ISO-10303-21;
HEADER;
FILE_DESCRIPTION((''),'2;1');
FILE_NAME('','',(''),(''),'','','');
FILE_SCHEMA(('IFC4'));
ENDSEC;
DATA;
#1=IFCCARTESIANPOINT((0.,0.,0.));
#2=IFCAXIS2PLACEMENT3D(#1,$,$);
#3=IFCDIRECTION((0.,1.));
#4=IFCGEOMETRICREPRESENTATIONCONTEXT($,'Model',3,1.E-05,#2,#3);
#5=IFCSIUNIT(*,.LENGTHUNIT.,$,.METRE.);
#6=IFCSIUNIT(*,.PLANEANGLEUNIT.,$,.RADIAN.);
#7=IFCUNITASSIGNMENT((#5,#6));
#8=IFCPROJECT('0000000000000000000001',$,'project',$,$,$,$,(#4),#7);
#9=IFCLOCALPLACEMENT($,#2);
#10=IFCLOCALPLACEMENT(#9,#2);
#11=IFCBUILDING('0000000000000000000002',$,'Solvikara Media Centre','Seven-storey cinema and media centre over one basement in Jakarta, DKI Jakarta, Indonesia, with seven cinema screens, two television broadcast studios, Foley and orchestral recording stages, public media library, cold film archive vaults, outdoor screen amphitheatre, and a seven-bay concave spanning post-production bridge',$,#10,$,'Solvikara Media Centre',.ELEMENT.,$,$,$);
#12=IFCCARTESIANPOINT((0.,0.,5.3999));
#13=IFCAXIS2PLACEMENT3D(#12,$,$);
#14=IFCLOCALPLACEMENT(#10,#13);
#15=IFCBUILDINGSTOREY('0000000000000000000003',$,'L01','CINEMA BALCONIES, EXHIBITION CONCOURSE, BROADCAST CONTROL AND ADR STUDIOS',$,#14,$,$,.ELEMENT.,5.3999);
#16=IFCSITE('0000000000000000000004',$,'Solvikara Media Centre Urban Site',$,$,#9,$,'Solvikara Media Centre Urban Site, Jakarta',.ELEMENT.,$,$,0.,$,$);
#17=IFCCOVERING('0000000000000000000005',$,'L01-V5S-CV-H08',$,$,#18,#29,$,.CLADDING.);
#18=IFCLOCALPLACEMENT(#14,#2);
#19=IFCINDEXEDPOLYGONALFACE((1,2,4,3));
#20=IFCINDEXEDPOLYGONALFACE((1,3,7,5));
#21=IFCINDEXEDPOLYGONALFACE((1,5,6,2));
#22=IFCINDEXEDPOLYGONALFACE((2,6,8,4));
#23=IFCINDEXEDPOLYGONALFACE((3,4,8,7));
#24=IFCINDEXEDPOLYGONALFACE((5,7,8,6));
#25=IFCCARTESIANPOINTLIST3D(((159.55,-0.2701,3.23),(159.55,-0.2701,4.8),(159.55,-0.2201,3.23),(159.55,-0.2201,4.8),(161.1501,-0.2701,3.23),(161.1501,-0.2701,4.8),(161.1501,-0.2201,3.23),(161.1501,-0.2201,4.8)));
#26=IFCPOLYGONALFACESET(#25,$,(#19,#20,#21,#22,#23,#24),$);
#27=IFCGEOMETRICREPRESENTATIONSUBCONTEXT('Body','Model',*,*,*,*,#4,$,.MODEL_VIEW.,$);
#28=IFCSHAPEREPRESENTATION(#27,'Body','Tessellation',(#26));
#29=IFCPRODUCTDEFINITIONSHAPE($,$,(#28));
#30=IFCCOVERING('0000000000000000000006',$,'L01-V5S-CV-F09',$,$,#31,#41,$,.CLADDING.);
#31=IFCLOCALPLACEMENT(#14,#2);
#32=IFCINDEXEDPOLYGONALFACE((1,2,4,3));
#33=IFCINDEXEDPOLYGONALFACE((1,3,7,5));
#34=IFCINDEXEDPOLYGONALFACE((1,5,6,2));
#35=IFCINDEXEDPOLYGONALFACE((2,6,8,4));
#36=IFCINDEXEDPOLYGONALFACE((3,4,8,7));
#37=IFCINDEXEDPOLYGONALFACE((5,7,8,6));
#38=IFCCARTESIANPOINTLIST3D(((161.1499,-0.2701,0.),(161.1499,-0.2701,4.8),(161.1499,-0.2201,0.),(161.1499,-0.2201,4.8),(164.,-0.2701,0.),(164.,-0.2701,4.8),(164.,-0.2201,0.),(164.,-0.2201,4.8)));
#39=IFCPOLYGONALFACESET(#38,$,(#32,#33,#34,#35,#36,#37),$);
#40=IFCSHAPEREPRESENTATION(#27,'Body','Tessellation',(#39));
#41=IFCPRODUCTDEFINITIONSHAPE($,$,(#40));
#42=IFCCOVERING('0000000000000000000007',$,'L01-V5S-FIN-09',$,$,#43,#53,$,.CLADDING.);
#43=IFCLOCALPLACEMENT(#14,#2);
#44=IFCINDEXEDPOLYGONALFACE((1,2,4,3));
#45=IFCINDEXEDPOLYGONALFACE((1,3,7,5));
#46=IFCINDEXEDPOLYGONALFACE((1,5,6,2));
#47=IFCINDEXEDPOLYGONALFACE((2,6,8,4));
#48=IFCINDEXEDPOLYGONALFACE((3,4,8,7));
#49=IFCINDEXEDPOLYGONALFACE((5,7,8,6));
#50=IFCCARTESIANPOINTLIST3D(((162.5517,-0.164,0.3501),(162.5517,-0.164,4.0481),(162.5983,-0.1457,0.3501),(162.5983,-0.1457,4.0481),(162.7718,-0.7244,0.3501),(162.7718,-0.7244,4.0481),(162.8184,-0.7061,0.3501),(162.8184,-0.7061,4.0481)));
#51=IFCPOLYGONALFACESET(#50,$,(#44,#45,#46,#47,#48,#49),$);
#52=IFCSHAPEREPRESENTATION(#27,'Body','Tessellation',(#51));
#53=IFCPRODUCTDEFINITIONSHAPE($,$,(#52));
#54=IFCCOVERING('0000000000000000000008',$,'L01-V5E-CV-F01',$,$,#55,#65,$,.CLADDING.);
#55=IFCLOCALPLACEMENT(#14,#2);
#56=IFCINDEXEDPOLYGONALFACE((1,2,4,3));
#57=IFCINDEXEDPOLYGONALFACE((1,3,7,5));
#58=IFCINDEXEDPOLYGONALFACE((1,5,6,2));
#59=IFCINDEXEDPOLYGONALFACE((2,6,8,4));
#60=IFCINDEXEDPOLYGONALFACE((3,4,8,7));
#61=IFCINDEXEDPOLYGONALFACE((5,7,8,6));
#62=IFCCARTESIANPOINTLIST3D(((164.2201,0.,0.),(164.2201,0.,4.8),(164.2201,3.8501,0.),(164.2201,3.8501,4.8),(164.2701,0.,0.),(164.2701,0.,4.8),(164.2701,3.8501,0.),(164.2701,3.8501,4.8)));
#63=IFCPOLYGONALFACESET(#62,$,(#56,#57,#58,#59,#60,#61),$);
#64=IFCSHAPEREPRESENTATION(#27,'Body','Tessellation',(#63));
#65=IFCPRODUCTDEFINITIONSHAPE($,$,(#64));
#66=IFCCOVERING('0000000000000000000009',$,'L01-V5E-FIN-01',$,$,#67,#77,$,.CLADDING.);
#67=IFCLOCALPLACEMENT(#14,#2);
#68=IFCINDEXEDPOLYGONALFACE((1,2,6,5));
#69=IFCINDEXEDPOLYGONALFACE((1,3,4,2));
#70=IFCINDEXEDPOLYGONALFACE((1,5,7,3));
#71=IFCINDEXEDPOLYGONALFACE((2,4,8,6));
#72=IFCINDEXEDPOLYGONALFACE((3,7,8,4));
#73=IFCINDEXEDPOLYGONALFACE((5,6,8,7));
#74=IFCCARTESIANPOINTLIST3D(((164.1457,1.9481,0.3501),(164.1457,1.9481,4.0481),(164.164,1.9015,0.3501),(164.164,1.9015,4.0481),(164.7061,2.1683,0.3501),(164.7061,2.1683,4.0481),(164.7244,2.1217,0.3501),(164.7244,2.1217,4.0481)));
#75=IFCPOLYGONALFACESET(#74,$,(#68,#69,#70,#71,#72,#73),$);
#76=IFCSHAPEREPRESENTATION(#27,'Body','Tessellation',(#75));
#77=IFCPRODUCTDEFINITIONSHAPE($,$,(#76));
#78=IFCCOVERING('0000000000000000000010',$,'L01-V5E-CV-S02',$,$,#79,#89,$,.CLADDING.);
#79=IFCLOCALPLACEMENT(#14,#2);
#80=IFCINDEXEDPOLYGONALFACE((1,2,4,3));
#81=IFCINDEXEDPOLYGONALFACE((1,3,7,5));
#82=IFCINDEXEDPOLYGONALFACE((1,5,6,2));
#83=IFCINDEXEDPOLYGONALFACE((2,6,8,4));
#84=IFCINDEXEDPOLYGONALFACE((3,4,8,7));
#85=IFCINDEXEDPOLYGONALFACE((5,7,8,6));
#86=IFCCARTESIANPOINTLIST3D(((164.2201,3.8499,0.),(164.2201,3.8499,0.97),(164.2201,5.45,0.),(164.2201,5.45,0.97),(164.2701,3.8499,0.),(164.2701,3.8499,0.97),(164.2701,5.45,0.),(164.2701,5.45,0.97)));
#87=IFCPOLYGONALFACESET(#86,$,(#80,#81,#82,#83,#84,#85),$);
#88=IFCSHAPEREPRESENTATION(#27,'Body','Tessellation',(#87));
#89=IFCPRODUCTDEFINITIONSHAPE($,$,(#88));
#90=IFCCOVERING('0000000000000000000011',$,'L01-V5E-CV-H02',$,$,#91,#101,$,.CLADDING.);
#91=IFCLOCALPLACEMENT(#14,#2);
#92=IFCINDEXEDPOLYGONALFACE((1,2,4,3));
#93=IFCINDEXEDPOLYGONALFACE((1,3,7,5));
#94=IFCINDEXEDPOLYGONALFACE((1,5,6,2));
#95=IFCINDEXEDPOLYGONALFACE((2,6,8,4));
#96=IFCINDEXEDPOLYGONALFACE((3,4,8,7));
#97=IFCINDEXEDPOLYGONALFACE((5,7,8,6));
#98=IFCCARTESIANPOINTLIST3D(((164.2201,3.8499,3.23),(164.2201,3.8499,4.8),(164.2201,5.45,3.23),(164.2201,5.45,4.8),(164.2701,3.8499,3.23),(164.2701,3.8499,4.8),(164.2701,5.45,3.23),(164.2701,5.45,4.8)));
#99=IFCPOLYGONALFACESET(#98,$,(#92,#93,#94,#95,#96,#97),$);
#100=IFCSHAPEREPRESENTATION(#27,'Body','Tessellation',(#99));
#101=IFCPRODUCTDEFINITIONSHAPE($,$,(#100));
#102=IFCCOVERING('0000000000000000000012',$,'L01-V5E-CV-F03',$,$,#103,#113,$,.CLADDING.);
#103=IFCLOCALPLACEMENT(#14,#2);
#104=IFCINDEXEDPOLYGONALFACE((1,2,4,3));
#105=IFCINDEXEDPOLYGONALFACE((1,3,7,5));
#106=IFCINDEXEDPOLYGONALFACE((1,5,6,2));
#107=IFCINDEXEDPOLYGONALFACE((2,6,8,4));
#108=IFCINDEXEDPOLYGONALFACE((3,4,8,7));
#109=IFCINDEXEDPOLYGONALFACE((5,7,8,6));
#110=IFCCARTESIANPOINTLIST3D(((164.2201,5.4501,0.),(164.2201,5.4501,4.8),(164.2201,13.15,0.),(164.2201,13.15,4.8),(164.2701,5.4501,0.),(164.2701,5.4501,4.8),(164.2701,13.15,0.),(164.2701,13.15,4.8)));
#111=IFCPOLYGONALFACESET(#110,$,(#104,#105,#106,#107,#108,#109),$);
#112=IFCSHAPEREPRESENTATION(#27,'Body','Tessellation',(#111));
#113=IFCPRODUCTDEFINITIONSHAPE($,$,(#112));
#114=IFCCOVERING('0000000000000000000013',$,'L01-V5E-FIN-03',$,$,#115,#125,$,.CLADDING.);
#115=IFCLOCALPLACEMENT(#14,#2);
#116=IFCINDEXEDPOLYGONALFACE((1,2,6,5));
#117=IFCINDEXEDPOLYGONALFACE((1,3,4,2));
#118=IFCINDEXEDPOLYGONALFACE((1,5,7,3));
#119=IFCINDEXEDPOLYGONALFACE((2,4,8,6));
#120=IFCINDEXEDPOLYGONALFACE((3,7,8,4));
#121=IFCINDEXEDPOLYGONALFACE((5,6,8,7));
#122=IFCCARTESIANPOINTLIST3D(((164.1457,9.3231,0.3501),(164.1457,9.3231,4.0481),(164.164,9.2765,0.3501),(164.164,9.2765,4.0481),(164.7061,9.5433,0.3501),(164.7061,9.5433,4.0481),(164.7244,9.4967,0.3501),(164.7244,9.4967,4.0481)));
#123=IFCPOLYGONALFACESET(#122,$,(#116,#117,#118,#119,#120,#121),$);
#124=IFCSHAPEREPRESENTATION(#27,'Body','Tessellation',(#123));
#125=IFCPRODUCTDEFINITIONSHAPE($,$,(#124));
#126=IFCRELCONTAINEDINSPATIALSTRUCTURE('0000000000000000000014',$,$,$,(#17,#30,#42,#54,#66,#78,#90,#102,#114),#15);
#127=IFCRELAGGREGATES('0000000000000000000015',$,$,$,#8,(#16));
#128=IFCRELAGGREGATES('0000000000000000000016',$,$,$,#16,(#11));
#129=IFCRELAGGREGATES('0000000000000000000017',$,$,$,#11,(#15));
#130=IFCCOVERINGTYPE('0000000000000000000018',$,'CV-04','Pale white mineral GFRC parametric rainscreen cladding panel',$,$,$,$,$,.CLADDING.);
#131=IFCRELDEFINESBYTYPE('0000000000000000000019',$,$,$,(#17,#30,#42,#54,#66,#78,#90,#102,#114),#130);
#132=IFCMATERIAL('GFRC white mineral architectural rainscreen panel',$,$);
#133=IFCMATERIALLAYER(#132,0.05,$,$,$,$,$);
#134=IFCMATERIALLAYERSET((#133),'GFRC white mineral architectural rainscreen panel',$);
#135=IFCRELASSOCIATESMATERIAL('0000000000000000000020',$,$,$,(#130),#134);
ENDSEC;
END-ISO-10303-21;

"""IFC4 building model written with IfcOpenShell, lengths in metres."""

from ifc_helpers import new_model, si_unit, direction, frame, origin, origin_2d, place, context, subcontext, project, spatial, rectangle, extrude, material, layer, layer_set, type_object, element, save


model = new_model("IFC4")

# Units and contexts
model_context = context("Model", 3, precision=1e-05, world=origin(), true_north=direction((0.0, 1.0)))
body_context = subcontext(model_context, "Body", "Model", "MODEL_VIEW")
ifc_project = project(units=[si_unit("LENGTHUNIT", "METRE"), si_unit("PLANEANGLEUNIT", "RADIAN")], contexts=[model_context])

# Site, building, storey
site_placement = place(None, origin())
site = spatial("IfcSite", under=ifc_project, at=site_placement, Name="Solvikara Media Centre Urban Site", LongName="Solvikara Media Centre Urban Site, Jakarta", CompositionType="ELEMENT", RefElevation=0.0)
building_placement = place(site_placement, origin())
building = spatial("IfcBuilding", under=site, at=building_placement, Name="Solvikara Media Centre", Description="Seven-storey cinema and media centre over one basement in Jakarta, DKI Jakarta, Indonesia, with seven cinema screens, two television broadcast studios, Foley and orchestral recording stages, public media library, cold film archive vaults, outdoor screen amphitheatre, and a seven-bay concave spanning post-production bridge", LongName="Solvikara Media Centre", CompositionType="ELEMENT")
storey_placement = place(building_placement, frame((0.0, 0.0, 5.3999)))
storey = spatial("IfcBuildingStorey", under=building, at=storey_placement, Name="L01", Description="CINEMA BALCONIES, EXHIBITION CONCOURSE, BROADCAST CONTROL AND ADR STUDIOS", CompositionType="ELEMENT", Elevation=5.3999)

# Coverings
ifc_material_1 = material(Name="GFRC white mineral architectural rainscreen panel")
ifc_layer_1 = layer(ifc_material_1, 0.05)
ifc_layer_set_1 = layer_set([ifc_layer_1], Name="GFRC white mineral architectural rainscreen panel")
covering_type = type_object("IfcCoveringType", Name="CV-04", Description="Pale white mineral GFRC parametric rainscreen cladding panel", PredefinedType="CLADDING", material=ifc_layer_set_1)
covering_1_placement = place(storey_placement, frame((160.3501, -0.2451, 3.23), z_axis=(0.0, 0.0, 1.0), x_axis=(1.0, 0.0, 0.0)))
element("IfcCovering", 1, at=covering_1_placement, inside=storey, type_object=covering_type, Name="L01-V5S-CV-H08", PredefinedType="CLADDING", context=body_context, shape_type="SweptSolid", body=[
    extrude(rectangle(XDim=1.6001, YDim=0.05, at=origin_2d()), origin(), (0.0, 0.0, 1.0), 1.5701),
])
covering_2_placement = place(storey_placement, frame((162.575, -0.2451, 0.0), z_axis=(0.0, 0.0, 1.0), x_axis=(1.0, 0.0, 0.0)))
element("IfcCovering", 2, at=covering_2_placement, inside=storey, type_object=covering_type, Name="L01-V5S-CV-F09", PredefinedType="CLADDING", context=body_context, shape_type="SweptSolid", body=[
    extrude(rectangle(XDim=2.8501, YDim=0.05, at=origin_2d()), origin(), (0.0, 0.0, 1.0), 4.8),
])
covering_3_placement = place(storey_placement, frame((162.6851, -0.4351, 0.3501), z_axis=(0.0, 0.0, 1.0), x_axis=(0.365657, -0.93075, 0.0)))
element("IfcCovering", 3, at=covering_3_placement, inside=storey, type_object=covering_type, Name="L01-V5S-FIN-09", PredefinedType="CLADDING", context=body_context, shape_type="SweptSolid", body=[
    extrude(rectangle(XDim=0.6021, YDim=0.05, at=origin_2d()), origin(), (0.0, 0.0, 1.0), 3.698),
])
covering_4_placement = place(storey_placement, frame((164.2451, 1.925, 0.0), z_axis=(0.0, 0.0, 1.0), x_axis=(0.0, 1.0, 0.0)))
element("IfcCovering", 4, at=covering_4_placement, inside=storey, type_object=covering_type, Name="L01-V5E-CV-F01", PredefinedType="CLADDING", context=body_context, shape_type="SweptSolid", body=[
    extrude(rectangle(XDim=3.8501, YDim=0.05, at=origin_2d()), origin(), (0.0, 0.0, 1.0), 4.8),
])
covering_5_placement = place(storey_placement, frame((164.4351, 2.0349, 0.3501), z_axis=(0.0, 0.0, 1.0), x_axis=(0.93075, 0.365657, 0.0)))
element("IfcCovering", 5, at=covering_5_placement, inside=storey, type_object=covering_type, Name="L01-V5E-FIN-01", PredefinedType="CLADDING", context=body_context, shape_type="SweptSolid", body=[
    extrude(rectangle(XDim=0.6021, YDim=0.05, at=origin_2d()), origin(), (0.0, 0.0, 1.0), 3.698),
])
covering_6_placement = place(storey_placement, frame((164.2451, 4.6499, 0.0), z_axis=(0.0, 0.0, 1.0), x_axis=(0.0, 1.0, 0.0)))
element("IfcCovering", 6, at=covering_6_placement, inside=storey, type_object=covering_type, Name="L01-V5E-CV-S02", PredefinedType="CLADDING", context=body_context, shape_type="SweptSolid", body=[
    extrude(rectangle(XDim=1.6001, YDim=0.05, at=origin_2d()), origin(), (0.0, 0.0, 1.0), 0.97),
])
covering_7_placement = place(storey_placement, frame((164.2451, 4.6499, 3.23), z_axis=(0.0, 0.0, 1.0), x_axis=(0.0, 1.0, 0.0)))
element("IfcCovering", 7, at=covering_7_placement, inside=storey, type_object=covering_type, Name="L01-V5E-CV-H02", PredefinedType="CLADDING", context=body_context, shape_type="SweptSolid", body=[
    extrude(rectangle(XDim=1.6001, YDim=0.05, at=origin_2d()), origin(), (0.0, 0.0, 1.0), 1.5701),
])
covering_8_placement = place(storey_placement, frame((164.2451, 9.3, 0.0), z_axis=(0.0, 0.0, 1.0), x_axis=(0.0, 1.0, 0.0)))
element("IfcCovering", 8, at=covering_8_placement, inside=storey, type_object=covering_type, Name="L01-V5E-CV-F03", PredefinedType="CLADDING", context=body_context, shape_type="SweptSolid", body=[
    extrude(rectangle(XDim=7.7, YDim=0.05, at=origin_2d()), origin(), (0.0, 0.0, 1.0), 4.8),
])
covering_9_placement = place(storey_placement, frame((164.4351, 9.4099, 0.3501), z_axis=(0.0, 0.0, 1.0), x_axis=(0.93075, 0.365657, 0.0)))
element("IfcCovering", 9, at=covering_9_placement, inside=storey, type_object=covering_type, Name="L01-V5E-FIN-03", PredefinedType="CLADDING", context=body_context, shape_type="SweptSolid", body=[
    extrude(rectangle(XDim=0.6021, YDim=0.05, at=origin_2d()), origin(), (0.0, 0.0, 1.0), 3.698),
])

save(model, "model.ifc")
